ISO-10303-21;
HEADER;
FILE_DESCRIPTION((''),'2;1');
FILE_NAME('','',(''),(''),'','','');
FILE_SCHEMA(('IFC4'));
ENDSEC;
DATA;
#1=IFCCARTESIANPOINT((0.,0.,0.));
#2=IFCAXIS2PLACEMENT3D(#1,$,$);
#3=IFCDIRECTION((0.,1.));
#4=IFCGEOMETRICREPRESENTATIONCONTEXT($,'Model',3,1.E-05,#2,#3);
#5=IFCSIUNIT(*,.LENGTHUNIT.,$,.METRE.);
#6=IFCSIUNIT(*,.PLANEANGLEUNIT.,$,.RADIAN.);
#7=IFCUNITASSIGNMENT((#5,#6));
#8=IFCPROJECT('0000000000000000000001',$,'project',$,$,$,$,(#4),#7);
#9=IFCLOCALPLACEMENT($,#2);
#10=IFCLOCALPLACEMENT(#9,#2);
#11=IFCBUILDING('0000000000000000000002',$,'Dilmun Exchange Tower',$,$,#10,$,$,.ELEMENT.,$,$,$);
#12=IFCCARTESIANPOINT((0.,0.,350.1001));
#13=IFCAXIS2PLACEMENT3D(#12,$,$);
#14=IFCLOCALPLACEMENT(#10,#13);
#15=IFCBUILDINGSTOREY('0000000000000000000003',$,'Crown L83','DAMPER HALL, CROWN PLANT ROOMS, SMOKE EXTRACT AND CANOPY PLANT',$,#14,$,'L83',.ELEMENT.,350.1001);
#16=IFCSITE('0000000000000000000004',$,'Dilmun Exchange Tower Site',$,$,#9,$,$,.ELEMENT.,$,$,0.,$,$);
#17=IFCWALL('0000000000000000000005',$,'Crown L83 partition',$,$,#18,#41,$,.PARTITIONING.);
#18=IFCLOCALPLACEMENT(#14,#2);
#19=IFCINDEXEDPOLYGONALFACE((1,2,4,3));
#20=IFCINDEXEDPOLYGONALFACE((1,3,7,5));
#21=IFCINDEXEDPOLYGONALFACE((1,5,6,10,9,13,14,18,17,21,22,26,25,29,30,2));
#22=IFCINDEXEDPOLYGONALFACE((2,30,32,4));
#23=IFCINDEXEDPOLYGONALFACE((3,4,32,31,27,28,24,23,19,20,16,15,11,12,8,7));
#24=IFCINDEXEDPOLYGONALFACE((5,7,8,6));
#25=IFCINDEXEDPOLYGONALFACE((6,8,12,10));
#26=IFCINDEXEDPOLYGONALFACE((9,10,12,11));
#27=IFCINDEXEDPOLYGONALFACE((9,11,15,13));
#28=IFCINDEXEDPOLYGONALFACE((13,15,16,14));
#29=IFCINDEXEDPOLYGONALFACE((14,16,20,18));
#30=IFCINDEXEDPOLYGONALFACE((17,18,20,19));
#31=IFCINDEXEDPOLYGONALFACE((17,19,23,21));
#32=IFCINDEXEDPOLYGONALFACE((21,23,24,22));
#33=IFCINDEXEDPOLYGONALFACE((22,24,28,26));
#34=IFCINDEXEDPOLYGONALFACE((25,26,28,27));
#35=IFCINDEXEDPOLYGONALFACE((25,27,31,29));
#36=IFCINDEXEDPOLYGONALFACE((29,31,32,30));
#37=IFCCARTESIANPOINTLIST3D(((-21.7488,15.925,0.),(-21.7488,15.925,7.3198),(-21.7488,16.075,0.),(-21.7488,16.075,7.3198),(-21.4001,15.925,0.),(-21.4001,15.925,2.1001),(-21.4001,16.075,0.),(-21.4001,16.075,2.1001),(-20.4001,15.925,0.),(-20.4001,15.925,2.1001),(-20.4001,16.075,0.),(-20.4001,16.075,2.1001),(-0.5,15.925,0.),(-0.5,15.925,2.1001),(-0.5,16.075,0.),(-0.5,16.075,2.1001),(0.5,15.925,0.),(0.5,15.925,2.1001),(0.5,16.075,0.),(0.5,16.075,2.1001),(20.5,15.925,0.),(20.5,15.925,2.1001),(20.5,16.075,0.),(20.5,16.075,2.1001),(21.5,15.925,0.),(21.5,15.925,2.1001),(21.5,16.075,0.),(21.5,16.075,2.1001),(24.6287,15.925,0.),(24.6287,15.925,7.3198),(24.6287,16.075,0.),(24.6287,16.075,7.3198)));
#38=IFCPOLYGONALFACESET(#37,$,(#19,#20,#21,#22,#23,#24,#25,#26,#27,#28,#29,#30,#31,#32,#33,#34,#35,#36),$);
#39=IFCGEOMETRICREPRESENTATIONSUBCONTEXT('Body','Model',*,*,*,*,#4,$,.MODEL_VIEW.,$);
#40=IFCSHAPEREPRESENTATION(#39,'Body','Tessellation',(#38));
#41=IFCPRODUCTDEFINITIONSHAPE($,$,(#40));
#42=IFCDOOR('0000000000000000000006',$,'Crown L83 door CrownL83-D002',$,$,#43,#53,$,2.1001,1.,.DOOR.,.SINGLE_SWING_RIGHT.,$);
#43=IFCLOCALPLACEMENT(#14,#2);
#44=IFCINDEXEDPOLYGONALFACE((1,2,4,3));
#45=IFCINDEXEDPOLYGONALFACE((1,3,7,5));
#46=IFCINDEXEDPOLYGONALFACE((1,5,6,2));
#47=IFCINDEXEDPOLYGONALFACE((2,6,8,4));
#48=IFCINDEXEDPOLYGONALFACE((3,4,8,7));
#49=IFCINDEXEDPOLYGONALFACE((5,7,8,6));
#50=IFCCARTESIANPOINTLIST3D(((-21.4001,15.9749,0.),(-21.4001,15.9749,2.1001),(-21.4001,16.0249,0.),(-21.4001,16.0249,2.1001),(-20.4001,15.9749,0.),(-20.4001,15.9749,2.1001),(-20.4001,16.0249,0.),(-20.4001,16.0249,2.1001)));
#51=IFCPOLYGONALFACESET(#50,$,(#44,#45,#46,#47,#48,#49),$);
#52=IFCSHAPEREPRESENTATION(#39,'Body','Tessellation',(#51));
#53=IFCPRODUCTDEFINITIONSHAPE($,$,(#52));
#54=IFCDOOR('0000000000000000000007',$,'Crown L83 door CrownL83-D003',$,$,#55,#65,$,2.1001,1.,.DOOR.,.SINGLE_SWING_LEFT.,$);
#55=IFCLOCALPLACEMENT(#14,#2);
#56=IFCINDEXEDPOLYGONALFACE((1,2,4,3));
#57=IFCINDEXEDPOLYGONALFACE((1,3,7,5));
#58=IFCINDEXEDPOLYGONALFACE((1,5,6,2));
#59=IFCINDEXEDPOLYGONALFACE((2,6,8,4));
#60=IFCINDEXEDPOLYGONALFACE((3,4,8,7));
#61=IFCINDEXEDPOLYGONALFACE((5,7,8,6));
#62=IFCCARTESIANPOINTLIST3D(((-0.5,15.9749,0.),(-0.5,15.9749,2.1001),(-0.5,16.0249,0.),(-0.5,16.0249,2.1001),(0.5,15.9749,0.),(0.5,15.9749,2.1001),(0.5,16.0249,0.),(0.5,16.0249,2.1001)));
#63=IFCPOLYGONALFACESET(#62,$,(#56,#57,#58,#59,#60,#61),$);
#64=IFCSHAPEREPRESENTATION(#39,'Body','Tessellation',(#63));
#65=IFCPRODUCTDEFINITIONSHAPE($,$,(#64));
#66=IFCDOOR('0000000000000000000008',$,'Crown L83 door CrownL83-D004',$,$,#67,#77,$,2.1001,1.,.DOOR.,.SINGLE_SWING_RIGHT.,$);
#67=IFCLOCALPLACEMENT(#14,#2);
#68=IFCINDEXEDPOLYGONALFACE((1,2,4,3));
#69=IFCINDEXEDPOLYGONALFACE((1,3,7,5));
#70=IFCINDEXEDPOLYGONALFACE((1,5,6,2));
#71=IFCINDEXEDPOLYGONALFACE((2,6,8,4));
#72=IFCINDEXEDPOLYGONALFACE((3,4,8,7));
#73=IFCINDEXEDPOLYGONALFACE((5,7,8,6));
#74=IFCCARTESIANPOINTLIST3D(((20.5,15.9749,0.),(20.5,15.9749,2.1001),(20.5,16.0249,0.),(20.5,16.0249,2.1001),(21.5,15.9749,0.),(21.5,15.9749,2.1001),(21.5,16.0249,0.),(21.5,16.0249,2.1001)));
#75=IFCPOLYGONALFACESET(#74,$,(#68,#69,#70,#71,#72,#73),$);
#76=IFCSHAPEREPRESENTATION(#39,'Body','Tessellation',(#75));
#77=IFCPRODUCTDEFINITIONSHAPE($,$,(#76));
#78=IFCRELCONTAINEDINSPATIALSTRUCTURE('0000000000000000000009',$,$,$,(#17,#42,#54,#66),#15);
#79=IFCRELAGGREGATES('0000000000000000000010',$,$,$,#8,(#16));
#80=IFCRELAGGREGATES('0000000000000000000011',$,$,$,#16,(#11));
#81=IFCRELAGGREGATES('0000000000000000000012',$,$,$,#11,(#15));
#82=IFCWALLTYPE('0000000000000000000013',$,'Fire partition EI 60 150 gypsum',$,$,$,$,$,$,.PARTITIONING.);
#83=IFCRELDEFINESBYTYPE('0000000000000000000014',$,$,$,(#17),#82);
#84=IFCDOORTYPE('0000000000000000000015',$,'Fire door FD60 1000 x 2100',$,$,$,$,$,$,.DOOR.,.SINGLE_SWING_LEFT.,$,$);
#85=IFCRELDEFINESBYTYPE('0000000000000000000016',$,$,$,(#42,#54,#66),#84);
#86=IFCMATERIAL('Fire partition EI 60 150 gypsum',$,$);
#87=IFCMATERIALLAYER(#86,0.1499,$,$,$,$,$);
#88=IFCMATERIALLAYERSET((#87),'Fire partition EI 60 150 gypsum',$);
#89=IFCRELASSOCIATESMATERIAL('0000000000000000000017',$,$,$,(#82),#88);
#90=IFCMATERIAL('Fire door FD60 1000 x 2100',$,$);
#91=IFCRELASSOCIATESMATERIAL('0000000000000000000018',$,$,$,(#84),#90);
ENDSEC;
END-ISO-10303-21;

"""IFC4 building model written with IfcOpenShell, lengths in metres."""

from ifc_helpers import new_model, si_unit, direction, frame, frame_2d, origin, place, context, subcontext, project, spatial, rectangle, extrude, material, layer, layer_set, type_object, element, fill, save


model = new_model("IFC4")

# Units and contexts
model_context = context("Model", 3, precision=1e-05, world=origin(), true_north=direction((0.0, 1.0)))
body_context = subcontext(model_context, "Body", "Model", "MODEL_VIEW")
ifc_project = project(units=[si_unit("LENGTHUNIT", "METRE"), si_unit("PLANEANGLEUNIT", "RADIAN")], contexts=[model_context])

# Site, building, storey
site_placement = place(None, origin())
site = spatial("IfcSite", under=ifc_project, at=site_placement, Name="Dilmun Exchange Tower Site", CompositionType="ELEMENT", RefElevation=0.0)
building_placement = place(site_placement, origin())
building = spatial("IfcBuilding", under=site, at=building_placement, Name="Dilmun Exchange Tower", CompositionType="ELEMENT")
storey_placement = place(building_placement, frame((0.0, 0.0, 350.1001)))
storey = spatial("IfcBuildingStorey", under=building, at=storey_placement, Name="Crown L83", Description="DAMPER HALL, CROWN PLANT ROOMS, SMOKE EXTRACT AND CANOPY PLANT", LongName="L83", CompositionType="ELEMENT", Elevation=350.1001)

# Wall, openings, doors
ifc_material_1 = material(Name="Fire partition EI 60 150 gypsum")
ifc_layer_1 = layer(ifc_material_1, 0.1499)
ifc_layer_set_1 = layer_set([ifc_layer_1], Name="Fire partition EI 60 150 gypsum")
wall_type = type_object("IfcWallType", Name="Fire partition EI 60 150 gypsum", PredefinedType="PARTITIONING", material=ifc_layer_set_1)
wall_placement = place(storey_placement, frame((-21.7488, 16.0, 0.0), z_axis=(0.0, 0.0, 1.0), x_axis=(1.0, 0.0, 0.0)))
wall = element("IfcWall", 1, at=wall_placement, inside=storey, type_object=wall_type, Name="Crown L83 partition", PredefinedType="PARTITIONING", context=body_context, shape_type="SweptSolid", body=[
    extrude(rectangle(XDim=46.3774, YDim=0.1499, at=frame_2d((23.1887, 0.0))), origin(), (0.0, 0.0, 1.0), 7.3198),
])
opening_1_placement = place(wall_placement, frame((0.3486, 0.0, 0.0)))
opening_1 = element("IfcOpeningElement", 2, at=opening_1_placement, cuts=wall, PredefinedType="OPENING", context=body_context, shape_type="SweptSolid", body=[
    extrude(rectangle(XDim=1.0, YDim=2.1001, at=frame_2d((0.5, 1.05))), frame((0.0, 0.085, 0.0), z_axis=(0.0, -1.0, 0.0), x_axis=(1.0, 0.0, 0.0)), (0.0, 0.0, 1.0), 0.1699),
])
opening_2_placement = place(wall_placement, frame((21.2488, 0.0, 0.0)))
opening_2 = element("IfcOpeningElement", 3, at=opening_2_placement, cuts=wall, PredefinedType="OPENING", context=body_context, shape_type="SweptSolid", body=[
    extrude(rectangle(XDim=1.0, YDim=2.1001, at=frame_2d((0.5, 1.05))), frame((0.0, 0.085, 0.0), z_axis=(0.0, -1.0, 0.0), x_axis=(1.0, 0.0, 0.0)), (0.0, 0.0, 1.0), 0.1699),
])
opening_3_placement = place(wall_placement, frame((42.2488, 0.0, 0.0)))
opening_3 = element("IfcOpeningElement", 4, at=opening_3_placement, cuts=wall, PredefinedType="OPENING", context=body_context, shape_type="SweptSolid", body=[
    extrude(rectangle(XDim=1.0, YDim=2.1001, at=frame_2d((0.5, 1.05))), frame((0.0, 0.085, 0.0), z_axis=(0.0, -1.0, 0.0), x_axis=(1.0, 0.0, 0.0)), (0.0, 0.0, 1.0), 0.1699),
])
ifc_material_2 = material(Name="Fire door FD60 1000 x 2100")
door_type = type_object("IfcDoorType", Name="Fire door FD60 1000 x 2100", OperationType="SINGLE_SWING_LEFT", PredefinedType="DOOR", material=ifc_material_2)
door_1_placement = place(opening_1_placement, origin())
door_1 = element("IfcDoor", 5, at=door_1_placement, inside=storey, type_object=door_type, Name="Crown L83 door CrownL83-D002", OperationType="SINGLE_SWING_RIGHT", OverallHeight=2.1001, OverallWidth=1.0, PredefinedType="DOOR", context=body_context, shape_type="SweptSolid", body=[
    extrude(rectangle(XDim=1.0, YDim=2.1001, at=frame_2d((0.5, 1.05))), frame((0.0, 0.0249, 0.0), z_axis=(0.0, -1.0, 0.0), x_axis=(1.0, 0.0, 0.0)), (0.0, 0.0, 1.0), 0.05),
])
fill(opening_1, door_1)
door_2_placement = place(opening_2_placement, origin())
door_2 = element("IfcDoor", 6, at=door_2_placement, inside=storey, type_object=door_type, Name="Crown L83 door CrownL83-D003", OperationType="SINGLE_SWING_LEFT", OverallHeight=2.1001, OverallWidth=1.0, PredefinedType="DOOR", context=body_context, shape_type="SweptSolid", body=[
    extrude(rectangle(XDim=1.0, YDim=2.1001, at=frame_2d((0.5, 1.05))), frame((0.0, 0.0249, 0.0), z_axis=(0.0, -1.0, 0.0), x_axis=(1.0, 0.0, 0.0)), (0.0, 0.0, 1.0), 0.05),
])
fill(opening_2, door_2)
door_3_placement = place(opening_3_placement, origin())
door_3 = element("IfcDoor", 7, at=door_3_placement, inside=storey, type_object=door_type, Name="Crown L83 door CrownL83-D004", OperationType="SINGLE_SWING_RIGHT", OverallHeight=2.1001, OverallWidth=1.0, PredefinedType="DOOR", context=body_context, shape_type="SweptSolid", body=[
    extrude(rectangle(XDim=1.0, YDim=2.1001, at=frame_2d((0.5, 1.05))), frame((0.0, 0.0249, 0.0), z_axis=(0.0, -1.0, 0.0), x_axis=(1.0, 0.0, 0.0)), (0.0, 0.0, 1.0), 0.05),
])
fill(opening_3, door_3)

save(model, "model.ifc")
